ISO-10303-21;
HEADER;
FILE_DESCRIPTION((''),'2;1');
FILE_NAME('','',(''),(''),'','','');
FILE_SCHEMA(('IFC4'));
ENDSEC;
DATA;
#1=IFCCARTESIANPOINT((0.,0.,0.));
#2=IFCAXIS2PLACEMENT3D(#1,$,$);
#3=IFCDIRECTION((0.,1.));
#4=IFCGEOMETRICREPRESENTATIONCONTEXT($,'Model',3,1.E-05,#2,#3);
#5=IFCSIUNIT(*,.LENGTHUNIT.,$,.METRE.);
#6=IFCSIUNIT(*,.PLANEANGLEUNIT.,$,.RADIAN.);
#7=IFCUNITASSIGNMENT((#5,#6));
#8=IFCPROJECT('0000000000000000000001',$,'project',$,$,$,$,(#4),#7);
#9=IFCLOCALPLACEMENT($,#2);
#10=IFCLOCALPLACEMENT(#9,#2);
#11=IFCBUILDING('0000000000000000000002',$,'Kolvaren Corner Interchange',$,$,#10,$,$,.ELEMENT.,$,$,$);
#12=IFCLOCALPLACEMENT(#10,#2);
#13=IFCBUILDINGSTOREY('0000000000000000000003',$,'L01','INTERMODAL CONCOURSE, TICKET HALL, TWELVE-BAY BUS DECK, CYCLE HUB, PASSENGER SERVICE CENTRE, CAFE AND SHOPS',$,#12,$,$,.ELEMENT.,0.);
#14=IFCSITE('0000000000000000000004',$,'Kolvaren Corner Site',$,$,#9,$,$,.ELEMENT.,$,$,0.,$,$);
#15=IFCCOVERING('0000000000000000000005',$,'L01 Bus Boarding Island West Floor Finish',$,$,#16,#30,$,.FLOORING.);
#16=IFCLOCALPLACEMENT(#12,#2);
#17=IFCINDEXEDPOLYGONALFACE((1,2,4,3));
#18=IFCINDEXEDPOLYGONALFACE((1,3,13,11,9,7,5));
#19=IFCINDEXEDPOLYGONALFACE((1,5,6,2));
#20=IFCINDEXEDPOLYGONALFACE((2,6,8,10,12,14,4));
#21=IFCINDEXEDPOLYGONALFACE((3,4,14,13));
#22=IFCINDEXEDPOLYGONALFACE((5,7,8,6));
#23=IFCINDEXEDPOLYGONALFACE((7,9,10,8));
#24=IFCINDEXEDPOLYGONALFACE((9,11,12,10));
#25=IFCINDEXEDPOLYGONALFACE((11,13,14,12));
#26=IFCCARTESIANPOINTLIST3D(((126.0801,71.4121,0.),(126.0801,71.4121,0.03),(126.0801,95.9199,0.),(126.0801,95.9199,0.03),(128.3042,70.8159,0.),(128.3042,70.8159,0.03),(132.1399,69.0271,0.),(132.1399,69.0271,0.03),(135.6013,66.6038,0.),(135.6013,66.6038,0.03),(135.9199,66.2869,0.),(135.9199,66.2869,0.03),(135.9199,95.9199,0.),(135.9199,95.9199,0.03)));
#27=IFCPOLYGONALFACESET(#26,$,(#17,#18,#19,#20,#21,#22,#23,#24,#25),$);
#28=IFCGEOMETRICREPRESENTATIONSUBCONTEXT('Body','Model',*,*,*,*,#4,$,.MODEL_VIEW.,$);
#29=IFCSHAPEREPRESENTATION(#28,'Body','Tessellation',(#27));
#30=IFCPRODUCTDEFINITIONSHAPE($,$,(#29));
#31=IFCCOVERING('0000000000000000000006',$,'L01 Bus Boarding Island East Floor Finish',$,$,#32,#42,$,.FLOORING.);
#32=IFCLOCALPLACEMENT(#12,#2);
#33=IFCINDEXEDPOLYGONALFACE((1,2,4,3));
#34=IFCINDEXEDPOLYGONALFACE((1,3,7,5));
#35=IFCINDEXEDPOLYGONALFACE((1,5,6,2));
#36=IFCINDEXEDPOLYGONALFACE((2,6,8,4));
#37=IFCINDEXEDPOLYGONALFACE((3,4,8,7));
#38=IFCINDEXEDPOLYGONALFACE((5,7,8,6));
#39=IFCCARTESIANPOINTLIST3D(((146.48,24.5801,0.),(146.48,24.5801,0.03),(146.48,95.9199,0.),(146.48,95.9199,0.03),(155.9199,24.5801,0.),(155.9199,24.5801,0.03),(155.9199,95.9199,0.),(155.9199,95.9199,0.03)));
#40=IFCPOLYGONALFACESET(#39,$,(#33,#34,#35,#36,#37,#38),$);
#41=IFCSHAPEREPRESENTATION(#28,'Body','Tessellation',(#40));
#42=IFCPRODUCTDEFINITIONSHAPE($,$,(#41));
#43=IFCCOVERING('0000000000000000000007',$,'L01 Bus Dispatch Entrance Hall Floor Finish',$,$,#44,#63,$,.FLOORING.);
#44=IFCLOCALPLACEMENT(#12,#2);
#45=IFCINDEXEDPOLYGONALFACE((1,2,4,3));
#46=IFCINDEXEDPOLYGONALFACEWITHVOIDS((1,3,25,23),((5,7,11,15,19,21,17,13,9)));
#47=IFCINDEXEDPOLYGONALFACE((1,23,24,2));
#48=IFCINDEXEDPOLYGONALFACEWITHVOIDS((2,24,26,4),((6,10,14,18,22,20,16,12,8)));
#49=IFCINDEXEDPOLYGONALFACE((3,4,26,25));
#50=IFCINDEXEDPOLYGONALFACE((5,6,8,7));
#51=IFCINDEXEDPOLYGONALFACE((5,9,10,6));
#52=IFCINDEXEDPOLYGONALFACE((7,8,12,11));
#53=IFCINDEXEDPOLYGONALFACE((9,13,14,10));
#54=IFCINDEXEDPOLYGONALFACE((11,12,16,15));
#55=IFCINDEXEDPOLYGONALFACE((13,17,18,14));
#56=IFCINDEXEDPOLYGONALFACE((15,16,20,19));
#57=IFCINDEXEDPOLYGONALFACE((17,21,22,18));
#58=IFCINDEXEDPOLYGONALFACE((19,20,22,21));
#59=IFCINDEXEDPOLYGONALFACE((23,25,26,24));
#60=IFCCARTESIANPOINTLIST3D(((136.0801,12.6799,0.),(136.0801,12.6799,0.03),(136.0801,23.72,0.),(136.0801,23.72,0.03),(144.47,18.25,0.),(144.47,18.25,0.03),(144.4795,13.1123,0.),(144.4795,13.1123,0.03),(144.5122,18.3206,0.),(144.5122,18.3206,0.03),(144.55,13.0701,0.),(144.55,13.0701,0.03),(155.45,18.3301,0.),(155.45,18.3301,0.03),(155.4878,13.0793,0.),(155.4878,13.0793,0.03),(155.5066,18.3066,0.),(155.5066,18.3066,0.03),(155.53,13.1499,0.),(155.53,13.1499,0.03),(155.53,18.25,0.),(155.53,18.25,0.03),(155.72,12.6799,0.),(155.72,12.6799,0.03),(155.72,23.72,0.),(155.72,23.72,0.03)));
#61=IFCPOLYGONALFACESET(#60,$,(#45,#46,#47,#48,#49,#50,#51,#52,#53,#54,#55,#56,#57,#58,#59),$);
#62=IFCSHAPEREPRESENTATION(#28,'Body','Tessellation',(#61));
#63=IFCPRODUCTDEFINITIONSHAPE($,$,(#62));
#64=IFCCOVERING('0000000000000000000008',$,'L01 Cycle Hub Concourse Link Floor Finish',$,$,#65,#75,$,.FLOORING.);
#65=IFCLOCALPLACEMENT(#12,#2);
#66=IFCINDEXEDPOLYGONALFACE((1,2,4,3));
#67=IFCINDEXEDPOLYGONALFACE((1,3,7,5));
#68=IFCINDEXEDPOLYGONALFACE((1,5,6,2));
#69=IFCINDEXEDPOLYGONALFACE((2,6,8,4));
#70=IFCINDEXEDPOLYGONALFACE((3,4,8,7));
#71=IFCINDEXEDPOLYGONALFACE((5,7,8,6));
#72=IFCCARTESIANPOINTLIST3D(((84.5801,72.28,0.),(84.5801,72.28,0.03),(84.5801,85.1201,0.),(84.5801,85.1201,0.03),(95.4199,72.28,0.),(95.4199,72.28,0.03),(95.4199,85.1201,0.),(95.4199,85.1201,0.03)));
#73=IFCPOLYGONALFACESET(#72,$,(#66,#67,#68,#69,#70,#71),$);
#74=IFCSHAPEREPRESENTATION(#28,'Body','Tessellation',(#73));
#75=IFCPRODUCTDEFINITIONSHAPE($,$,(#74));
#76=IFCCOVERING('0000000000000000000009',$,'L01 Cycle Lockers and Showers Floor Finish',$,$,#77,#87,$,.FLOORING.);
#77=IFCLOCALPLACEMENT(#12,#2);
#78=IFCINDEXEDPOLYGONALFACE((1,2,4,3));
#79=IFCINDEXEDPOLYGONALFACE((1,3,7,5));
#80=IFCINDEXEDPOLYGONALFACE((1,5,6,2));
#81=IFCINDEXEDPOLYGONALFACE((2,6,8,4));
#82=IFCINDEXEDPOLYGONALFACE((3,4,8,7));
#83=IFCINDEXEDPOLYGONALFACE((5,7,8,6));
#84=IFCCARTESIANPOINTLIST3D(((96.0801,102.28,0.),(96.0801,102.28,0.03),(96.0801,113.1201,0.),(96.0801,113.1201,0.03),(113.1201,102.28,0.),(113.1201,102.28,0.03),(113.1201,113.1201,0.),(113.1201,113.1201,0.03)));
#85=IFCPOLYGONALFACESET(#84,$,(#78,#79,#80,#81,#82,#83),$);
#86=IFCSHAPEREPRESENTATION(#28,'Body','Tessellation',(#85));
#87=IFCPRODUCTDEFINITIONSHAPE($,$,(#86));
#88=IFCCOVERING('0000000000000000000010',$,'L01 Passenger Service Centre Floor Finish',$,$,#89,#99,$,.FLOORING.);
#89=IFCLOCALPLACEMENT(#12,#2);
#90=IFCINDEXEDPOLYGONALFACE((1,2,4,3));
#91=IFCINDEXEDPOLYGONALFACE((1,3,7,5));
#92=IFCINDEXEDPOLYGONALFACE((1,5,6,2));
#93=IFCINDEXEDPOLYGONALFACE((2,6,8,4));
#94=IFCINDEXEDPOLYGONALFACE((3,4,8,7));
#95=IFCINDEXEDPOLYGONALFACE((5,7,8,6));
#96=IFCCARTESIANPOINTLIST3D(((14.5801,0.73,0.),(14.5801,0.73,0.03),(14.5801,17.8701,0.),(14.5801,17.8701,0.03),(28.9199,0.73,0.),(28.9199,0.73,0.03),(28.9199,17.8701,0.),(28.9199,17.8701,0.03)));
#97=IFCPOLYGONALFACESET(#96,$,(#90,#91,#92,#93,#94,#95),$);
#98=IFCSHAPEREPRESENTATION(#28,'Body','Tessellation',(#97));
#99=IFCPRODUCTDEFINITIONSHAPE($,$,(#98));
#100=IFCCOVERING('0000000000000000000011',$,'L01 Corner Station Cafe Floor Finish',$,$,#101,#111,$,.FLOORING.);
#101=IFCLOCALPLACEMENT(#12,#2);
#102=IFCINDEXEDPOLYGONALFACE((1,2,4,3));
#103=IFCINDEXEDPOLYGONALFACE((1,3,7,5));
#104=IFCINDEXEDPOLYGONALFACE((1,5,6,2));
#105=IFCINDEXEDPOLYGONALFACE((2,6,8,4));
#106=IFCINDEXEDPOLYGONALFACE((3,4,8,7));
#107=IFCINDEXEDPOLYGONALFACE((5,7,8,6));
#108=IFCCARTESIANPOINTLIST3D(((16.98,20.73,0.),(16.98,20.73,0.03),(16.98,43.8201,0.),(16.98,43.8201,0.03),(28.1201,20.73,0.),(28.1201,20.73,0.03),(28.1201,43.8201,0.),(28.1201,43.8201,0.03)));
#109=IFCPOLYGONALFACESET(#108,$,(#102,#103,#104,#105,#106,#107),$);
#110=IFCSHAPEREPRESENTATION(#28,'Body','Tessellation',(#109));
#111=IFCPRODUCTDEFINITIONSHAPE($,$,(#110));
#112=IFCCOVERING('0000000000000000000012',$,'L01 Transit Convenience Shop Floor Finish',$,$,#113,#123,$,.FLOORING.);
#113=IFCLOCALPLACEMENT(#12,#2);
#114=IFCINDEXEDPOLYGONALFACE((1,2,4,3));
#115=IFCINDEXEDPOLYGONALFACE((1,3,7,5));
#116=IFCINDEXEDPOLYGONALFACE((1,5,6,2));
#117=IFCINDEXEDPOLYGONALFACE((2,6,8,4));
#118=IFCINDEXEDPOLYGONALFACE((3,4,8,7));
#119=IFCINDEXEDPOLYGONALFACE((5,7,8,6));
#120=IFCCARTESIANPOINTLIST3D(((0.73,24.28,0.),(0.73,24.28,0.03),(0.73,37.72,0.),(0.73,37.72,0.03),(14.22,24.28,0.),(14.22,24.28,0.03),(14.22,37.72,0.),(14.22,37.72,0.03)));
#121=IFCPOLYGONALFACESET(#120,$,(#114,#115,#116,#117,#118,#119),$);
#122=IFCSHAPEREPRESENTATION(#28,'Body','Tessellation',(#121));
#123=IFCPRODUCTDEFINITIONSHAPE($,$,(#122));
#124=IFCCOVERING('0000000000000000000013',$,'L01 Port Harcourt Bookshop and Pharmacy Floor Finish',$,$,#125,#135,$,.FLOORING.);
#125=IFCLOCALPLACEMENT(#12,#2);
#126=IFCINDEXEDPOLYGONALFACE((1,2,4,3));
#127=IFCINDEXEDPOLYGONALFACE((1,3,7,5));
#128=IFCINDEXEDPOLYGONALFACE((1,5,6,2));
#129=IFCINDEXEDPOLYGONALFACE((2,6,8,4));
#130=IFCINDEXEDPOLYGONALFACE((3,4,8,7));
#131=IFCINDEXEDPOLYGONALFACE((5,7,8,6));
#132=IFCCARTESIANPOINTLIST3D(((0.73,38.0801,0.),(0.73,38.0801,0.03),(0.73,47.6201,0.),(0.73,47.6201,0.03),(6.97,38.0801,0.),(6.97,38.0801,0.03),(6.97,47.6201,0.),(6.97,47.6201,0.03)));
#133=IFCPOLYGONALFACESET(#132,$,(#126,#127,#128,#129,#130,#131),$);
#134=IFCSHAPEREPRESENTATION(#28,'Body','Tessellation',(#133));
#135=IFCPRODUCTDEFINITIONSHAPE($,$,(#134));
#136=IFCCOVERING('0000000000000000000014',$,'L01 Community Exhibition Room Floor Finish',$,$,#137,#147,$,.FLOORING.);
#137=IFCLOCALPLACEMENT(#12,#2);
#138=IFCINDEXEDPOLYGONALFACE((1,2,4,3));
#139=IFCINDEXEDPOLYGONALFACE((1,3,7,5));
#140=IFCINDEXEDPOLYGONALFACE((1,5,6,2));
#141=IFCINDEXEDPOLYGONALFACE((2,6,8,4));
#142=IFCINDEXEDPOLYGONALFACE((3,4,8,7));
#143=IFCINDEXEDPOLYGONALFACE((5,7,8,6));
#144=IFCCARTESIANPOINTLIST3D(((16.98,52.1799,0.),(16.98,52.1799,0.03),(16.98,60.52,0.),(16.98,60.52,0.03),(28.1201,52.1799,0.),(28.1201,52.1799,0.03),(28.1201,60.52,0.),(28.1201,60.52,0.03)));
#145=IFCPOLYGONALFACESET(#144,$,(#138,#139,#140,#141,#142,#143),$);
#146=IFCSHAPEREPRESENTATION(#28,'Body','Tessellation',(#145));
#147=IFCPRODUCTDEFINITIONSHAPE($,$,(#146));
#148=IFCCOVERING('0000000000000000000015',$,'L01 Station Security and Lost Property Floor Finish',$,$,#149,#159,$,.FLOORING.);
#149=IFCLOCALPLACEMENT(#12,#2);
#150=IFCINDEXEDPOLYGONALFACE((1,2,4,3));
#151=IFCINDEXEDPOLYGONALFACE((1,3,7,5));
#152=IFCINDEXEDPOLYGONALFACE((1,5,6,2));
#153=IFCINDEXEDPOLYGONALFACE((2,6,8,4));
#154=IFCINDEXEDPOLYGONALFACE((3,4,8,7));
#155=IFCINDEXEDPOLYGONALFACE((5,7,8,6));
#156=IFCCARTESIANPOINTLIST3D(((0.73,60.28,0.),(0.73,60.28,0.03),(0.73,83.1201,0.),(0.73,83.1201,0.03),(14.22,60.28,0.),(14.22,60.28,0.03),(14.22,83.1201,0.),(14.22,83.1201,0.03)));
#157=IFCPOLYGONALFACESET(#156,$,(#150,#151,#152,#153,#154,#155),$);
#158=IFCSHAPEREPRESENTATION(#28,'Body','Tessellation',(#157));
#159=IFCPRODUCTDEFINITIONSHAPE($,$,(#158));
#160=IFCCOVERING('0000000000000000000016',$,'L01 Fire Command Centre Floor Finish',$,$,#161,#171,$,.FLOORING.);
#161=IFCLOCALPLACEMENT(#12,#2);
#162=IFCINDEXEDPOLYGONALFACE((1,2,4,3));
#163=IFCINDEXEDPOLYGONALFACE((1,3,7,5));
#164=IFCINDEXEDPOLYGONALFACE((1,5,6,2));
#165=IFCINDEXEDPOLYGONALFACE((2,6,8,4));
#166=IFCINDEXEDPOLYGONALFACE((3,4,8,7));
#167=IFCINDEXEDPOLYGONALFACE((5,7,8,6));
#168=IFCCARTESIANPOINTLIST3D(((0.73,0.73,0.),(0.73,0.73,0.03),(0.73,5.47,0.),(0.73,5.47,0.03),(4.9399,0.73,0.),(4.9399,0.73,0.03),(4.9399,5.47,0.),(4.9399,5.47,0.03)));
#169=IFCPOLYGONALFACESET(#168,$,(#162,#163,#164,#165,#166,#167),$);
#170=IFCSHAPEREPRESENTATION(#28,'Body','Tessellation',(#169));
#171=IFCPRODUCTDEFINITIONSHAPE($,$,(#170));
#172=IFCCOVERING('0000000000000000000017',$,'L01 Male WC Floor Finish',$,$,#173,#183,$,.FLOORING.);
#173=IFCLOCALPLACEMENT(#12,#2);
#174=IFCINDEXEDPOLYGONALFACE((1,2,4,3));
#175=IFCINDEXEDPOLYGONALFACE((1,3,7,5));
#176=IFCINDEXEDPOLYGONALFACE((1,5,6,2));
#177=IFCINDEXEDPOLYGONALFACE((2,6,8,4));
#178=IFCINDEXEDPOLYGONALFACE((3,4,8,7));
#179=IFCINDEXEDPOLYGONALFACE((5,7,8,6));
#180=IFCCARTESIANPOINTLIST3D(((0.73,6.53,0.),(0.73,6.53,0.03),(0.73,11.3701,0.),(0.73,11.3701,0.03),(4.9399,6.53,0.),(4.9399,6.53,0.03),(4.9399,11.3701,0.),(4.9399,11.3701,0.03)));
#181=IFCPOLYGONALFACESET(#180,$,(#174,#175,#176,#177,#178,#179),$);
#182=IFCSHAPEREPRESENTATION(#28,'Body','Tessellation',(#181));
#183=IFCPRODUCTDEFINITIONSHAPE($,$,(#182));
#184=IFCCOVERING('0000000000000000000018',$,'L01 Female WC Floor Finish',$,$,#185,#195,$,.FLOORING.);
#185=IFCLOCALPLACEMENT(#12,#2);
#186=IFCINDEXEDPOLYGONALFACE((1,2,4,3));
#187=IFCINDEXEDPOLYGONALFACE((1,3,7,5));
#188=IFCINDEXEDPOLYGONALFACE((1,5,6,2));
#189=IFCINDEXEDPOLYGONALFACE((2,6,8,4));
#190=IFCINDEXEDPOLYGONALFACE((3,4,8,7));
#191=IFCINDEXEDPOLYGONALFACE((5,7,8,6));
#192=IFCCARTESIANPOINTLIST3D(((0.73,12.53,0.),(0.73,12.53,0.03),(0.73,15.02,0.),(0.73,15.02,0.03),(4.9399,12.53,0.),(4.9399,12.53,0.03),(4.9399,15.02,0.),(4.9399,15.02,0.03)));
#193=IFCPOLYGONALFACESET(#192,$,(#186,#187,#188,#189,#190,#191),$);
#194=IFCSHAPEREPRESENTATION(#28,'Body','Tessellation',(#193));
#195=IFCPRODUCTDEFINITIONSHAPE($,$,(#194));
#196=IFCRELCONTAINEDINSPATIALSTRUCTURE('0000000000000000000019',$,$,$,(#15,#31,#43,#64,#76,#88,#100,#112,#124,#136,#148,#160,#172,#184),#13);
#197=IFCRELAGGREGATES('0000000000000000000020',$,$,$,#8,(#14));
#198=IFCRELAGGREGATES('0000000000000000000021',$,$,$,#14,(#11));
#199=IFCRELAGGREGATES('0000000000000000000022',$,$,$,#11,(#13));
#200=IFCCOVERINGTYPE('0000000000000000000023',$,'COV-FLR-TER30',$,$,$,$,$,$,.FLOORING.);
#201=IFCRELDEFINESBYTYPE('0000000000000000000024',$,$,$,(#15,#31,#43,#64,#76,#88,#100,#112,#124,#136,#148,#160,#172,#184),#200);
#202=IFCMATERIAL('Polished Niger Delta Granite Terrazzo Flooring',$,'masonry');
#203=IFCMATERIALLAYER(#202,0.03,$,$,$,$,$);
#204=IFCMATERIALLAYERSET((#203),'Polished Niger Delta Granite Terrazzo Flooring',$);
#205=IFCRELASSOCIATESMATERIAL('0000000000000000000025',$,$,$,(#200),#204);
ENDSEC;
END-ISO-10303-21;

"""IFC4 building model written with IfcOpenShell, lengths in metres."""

from ifc_helpers import new_model, si_unit, direction, origin, place, context, subcontext, project, spatial, polyline, outline, extrude, material, layer, layer_set, type_object, element, save


model = new_model("IFC4")

# Units and contexts
model_context = context("Model", 3, precision=1e-05, world=origin(), true_north=direction((0.0, 1.0)))
body_context = subcontext(model_context, "Body", "Model", "MODEL_VIEW")
ifc_project = project(units=[si_unit("LENGTHUNIT", "METRE"), si_unit("PLANEANGLEUNIT", "RADIAN")], contexts=[model_context])

# Site, building, storey
site_placement = place(None, origin())
site = spatial("IfcSite", under=ifc_project, at=site_placement, Name="Kolvaren Corner Site", CompositionType="ELEMENT", RefElevation=0.0)
building_placement = place(site_placement, origin())
building = spatial("IfcBuilding", under=site, at=building_placement, Name="Kolvaren Corner Interchange", CompositionType="ELEMENT")
storey_placement = place(building_placement, origin())
storey = spatial("IfcBuildingStorey", under=building, at=storey_placement, Name="L01", Description="INTERMODAL CONCOURSE, TICKET HALL, TWELVE-BAY BUS DECK, CYCLE HUB, PASSENGER SERVICE CENTRE, CAFE AND SHOPS", CompositionType="ELEMENT", Elevation=0.0)

# Coverings
ifc_material_1 = material(Name="Polished Niger Delta Granite Terrazzo Flooring", Category="masonry")
ifc_layer_1 = layer(ifc_material_1, 0.03)
ifc_layer_set_1 = layer_set([ifc_layer_1], Name="Polished Niger Delta Granite Terrazzo Flooring")
covering_type_1 = type_object("IfcCoveringType", Name="COV-FLR-TER30", PredefinedType="FLOORING", material=ifc_layer_set_1)
covering_1_placement = place(storey_placement, origin())
element("IfcCovering", 1, at=covering_1_placement, inside=storey, type_object=covering_type_1, Name="L01 Bus Boarding Island West Floor Finish", PredefinedType="FLOORING", context=body_context, shape_type="SweptSolid", body=[
    extrude(outline(polyline([(135.9199, 95.9199), (126.0801, 95.9199), (126.0801, 71.4121), (128.3042, 70.8159), (132.1399, 69.0271), (135.6013, 66.6038), (135.9199, 66.2869), (135.9199, 95.9199)])), origin(), (0.0, 0.0, 1.0), 0.03),
])
covering_2_placement = place(storey_placement, origin())
element("IfcCovering", 2, at=covering_2_placement, inside=storey, type_object=covering_type_1, Name="L01 Bus Boarding Island East Floor Finish", PredefinedType="FLOORING", context=body_context, shape_type="SweptSolid", body=[
    extrude(outline(polyline([(146.48, 24.5801), (155.9199, 24.5801), (155.9199, 95.9199), (146.48, 95.9199), (146.48, 24.5801)])), origin(), (0.0, 0.0, 1.0), 0.03),
])
covering_3_placement = place(storey_placement, origin())
element("IfcCovering", 3, at=covering_3_placement, inside=storey, type_object=covering_type_1, Name="L01 Bus Dispatch Entrance Hall Floor Finish", PredefinedType="FLOORING", context=body_context, shape_type="SweptSolid", body=[
    extrude(outline(polyline([(136.0801, 12.6799), (155.72, 12.6799), (155.72, 23.72), (136.0801, 23.72), (136.0801, 12.6799)]), holes=[polyline([(155.5066, 18.3066), (155.53, 18.25), (155.53, 13.1499), (155.4878, 13.0793), (144.55, 13.0701), (144.4795, 13.1123), (144.47, 18.25), (144.5122, 18.3206), (155.45, 18.3301), (155.5066, 18.3066)])]), origin(), (0.0, 0.0, 1.0), 0.03),
])
covering_4_placement = place(storey_placement, origin())
element("IfcCovering", 4, at=covering_4_placement, inside=storey, type_object=covering_type_1, Name="L01 Cycle Hub Concourse Link Floor Finish", PredefinedType="FLOORING", context=body_context, shape_type="SweptSolid", body=[
    extrude(outline(polyline([(95.4199, 72.28), (95.4199, 85.1201), (84.5801, 85.1201), (84.5801, 72.28), (95.4199, 72.28)])), origin(), (0.0, 0.0, 1.0), 0.03),
])
covering_5_placement = place(storey_placement, origin())
element("IfcCovering", 5, at=covering_5_placement, inside=storey, type_object=covering_type_1, Name="L01 Cycle Lockers and Showers Floor Finish", PredefinedType="FLOORING", context=body_context, shape_type="SweptSolid", body=[
    extrude(outline(polyline([(96.0801, 102.28), (113.1201, 102.28), (113.1201, 113.1201), (96.0801, 113.1201), (96.0801, 102.28)])), origin(), (0.0, 0.0, 1.0), 0.03),
])
covering_6_placement = place(storey_placement, origin())
element("IfcCovering", 6, at=covering_6_placement, inside=storey, type_object=covering_type_1, Name="L01 Passenger Service Centre Floor Finish", PredefinedType="FLOORING", context=body_context, shape_type="SweptSolid", body=[
    extrude(outline(polyline([(14.5801, 0.73), (28.9199, 0.73), (28.9199, 17.8701), (14.5801, 17.8701), (14.5801, 0.73)])), origin(), (0.0, 0.0, 1.0), 0.03),
])
covering_7_placement = place(storey_placement, origin())
element("IfcCovering", 7, at=covering_7_placement, inside=storey, type_object=covering_type_1, Name="L01 Corner Station Cafe Floor Finish", PredefinedType="FLOORING", context=body_context, shape_type="SweptSolid", body=[
    extrude(outline(polyline([(16.98, 20.73), (28.1201, 20.73), (28.1201, 43.8201), (16.98, 43.8201), (16.98, 20.73)])), origin(), (0.0, 0.0, 1.0), 0.03),
])
covering_8_placement = place(storey_placement, origin())
element("IfcCovering", 8, at=covering_8_placement, inside=storey, type_object=covering_type_1, Name="L01 Transit Convenience Shop Floor Finish", PredefinedType="FLOORING", context=body_context, shape_type="SweptSolid", body=[
    extrude(outline(polyline([(0.73, 24.28), (14.22, 24.28), (14.22, 37.72), (0.73, 37.72), (0.73, 24.28)])), origin(), (0.0, 0.0, 1.0), 0.03),
])
covering_9_placement = place(storey_placement, origin())
element("IfcCovering", 9, at=covering_9_placement, inside=storey, type_object=covering_type_1, Name="L01 Port Harcourt Bookshop and Pharmacy Floor Finish", PredefinedType="FLOORING", context=body_context, shape_type="SweptSolid", body=[
    extrude(outline(polyline([(0.73, 38.0801), (6.97, 38.0801), (6.97, 47.6201), (0.73, 47.6201), (0.73, 38.0801)])), origin(), (0.0, 0.0, 1.0), 0.03),
])
covering_10_placement = place(storey_placement, origin())
element("IfcCovering", 10, at=covering_10_placement, inside=storey, type_object=covering_type_1, Name="L01 Community Exhibition Room Floor Finish", PredefinedType="FLOORING", context=body_context, shape_type="SweptSolid", body=[
    extrude(outline(polyline([(16.98, 52.1799), (28.1201, 52.1799), (28.1201, 60.52), (16.98, 60.52), (16.98, 52.1799)])), origin(), (0.0, 0.0, 1.0), 0.03),
])
covering_11_placement = place(storey_placement, origin())
element("IfcCovering", 11, at=covering_11_placement, inside=storey, type_object=covering_type_1, Name="L01 Station Security and Lost Property Floor Finish", PredefinedType="FLOORING", context=body_context, shape_type="SweptSolid", body=[
    extrude(outline(polyline([(0.73, 60.28), (14.22, 60.28), (14.22, 83.1201), (0.73, 83.1201), (0.73, 60.28)])), origin(), (0.0, 0.0, 1.0), 0.03),
])
covering_12_placement = place(storey_placement, origin())
element("IfcCovering", 12, at=covering_12_placement, inside=storey, type_object=covering_type_1, Name="L01 Fire Command Centre Floor Finish", PredefinedType="FLOORING", context=body_context, shape_type="SweptSolid", body=[
    extrude(outline(polyline([(0.73, 0.73), (4.9399, 0.73), (4.9399, 5.47), (0.73, 5.47), (0.73, 0.73)])), origin(), (0.0, 0.0, 1.0), 0.03),
])
covering_13_placement = place(storey_placement, origin())
element("IfcCovering", 13, at=covering_13_placement, inside=storey, type_object=covering_type_1, Name="L01 Male WC Floor Finish", PredefinedType="FLOORING", context=body_context, shape_type="SweptSolid", body=[
    extrude(outline(polyline([(0.73, 6.53), (4.9399, 6.53), (4.9399, 11.3701), (0.73, 11.3701), (0.73, 6.53)])), origin(), (0.0, 0.0, 1.0), 0.03),
])
covering_14_placement = place(storey_placement, origin())
element("IfcCovering", 14, at=covering_14_placement, inside=storey, type_object=covering_type_1, Name="L01 Female WC Floor Finish", PredefinedType="FLOORING", context=body_context, shape_type="SweptSolid", body=[
    extrude(outline(polyline([(0.73, 12.53), (4.9399, 12.53), (4.9399, 15.02), (0.73, 15.02), (0.73, 12.53)])), origin(), (0.0, 0.0, 1.0), 0.03),
])

save(model, "model.ifc")
